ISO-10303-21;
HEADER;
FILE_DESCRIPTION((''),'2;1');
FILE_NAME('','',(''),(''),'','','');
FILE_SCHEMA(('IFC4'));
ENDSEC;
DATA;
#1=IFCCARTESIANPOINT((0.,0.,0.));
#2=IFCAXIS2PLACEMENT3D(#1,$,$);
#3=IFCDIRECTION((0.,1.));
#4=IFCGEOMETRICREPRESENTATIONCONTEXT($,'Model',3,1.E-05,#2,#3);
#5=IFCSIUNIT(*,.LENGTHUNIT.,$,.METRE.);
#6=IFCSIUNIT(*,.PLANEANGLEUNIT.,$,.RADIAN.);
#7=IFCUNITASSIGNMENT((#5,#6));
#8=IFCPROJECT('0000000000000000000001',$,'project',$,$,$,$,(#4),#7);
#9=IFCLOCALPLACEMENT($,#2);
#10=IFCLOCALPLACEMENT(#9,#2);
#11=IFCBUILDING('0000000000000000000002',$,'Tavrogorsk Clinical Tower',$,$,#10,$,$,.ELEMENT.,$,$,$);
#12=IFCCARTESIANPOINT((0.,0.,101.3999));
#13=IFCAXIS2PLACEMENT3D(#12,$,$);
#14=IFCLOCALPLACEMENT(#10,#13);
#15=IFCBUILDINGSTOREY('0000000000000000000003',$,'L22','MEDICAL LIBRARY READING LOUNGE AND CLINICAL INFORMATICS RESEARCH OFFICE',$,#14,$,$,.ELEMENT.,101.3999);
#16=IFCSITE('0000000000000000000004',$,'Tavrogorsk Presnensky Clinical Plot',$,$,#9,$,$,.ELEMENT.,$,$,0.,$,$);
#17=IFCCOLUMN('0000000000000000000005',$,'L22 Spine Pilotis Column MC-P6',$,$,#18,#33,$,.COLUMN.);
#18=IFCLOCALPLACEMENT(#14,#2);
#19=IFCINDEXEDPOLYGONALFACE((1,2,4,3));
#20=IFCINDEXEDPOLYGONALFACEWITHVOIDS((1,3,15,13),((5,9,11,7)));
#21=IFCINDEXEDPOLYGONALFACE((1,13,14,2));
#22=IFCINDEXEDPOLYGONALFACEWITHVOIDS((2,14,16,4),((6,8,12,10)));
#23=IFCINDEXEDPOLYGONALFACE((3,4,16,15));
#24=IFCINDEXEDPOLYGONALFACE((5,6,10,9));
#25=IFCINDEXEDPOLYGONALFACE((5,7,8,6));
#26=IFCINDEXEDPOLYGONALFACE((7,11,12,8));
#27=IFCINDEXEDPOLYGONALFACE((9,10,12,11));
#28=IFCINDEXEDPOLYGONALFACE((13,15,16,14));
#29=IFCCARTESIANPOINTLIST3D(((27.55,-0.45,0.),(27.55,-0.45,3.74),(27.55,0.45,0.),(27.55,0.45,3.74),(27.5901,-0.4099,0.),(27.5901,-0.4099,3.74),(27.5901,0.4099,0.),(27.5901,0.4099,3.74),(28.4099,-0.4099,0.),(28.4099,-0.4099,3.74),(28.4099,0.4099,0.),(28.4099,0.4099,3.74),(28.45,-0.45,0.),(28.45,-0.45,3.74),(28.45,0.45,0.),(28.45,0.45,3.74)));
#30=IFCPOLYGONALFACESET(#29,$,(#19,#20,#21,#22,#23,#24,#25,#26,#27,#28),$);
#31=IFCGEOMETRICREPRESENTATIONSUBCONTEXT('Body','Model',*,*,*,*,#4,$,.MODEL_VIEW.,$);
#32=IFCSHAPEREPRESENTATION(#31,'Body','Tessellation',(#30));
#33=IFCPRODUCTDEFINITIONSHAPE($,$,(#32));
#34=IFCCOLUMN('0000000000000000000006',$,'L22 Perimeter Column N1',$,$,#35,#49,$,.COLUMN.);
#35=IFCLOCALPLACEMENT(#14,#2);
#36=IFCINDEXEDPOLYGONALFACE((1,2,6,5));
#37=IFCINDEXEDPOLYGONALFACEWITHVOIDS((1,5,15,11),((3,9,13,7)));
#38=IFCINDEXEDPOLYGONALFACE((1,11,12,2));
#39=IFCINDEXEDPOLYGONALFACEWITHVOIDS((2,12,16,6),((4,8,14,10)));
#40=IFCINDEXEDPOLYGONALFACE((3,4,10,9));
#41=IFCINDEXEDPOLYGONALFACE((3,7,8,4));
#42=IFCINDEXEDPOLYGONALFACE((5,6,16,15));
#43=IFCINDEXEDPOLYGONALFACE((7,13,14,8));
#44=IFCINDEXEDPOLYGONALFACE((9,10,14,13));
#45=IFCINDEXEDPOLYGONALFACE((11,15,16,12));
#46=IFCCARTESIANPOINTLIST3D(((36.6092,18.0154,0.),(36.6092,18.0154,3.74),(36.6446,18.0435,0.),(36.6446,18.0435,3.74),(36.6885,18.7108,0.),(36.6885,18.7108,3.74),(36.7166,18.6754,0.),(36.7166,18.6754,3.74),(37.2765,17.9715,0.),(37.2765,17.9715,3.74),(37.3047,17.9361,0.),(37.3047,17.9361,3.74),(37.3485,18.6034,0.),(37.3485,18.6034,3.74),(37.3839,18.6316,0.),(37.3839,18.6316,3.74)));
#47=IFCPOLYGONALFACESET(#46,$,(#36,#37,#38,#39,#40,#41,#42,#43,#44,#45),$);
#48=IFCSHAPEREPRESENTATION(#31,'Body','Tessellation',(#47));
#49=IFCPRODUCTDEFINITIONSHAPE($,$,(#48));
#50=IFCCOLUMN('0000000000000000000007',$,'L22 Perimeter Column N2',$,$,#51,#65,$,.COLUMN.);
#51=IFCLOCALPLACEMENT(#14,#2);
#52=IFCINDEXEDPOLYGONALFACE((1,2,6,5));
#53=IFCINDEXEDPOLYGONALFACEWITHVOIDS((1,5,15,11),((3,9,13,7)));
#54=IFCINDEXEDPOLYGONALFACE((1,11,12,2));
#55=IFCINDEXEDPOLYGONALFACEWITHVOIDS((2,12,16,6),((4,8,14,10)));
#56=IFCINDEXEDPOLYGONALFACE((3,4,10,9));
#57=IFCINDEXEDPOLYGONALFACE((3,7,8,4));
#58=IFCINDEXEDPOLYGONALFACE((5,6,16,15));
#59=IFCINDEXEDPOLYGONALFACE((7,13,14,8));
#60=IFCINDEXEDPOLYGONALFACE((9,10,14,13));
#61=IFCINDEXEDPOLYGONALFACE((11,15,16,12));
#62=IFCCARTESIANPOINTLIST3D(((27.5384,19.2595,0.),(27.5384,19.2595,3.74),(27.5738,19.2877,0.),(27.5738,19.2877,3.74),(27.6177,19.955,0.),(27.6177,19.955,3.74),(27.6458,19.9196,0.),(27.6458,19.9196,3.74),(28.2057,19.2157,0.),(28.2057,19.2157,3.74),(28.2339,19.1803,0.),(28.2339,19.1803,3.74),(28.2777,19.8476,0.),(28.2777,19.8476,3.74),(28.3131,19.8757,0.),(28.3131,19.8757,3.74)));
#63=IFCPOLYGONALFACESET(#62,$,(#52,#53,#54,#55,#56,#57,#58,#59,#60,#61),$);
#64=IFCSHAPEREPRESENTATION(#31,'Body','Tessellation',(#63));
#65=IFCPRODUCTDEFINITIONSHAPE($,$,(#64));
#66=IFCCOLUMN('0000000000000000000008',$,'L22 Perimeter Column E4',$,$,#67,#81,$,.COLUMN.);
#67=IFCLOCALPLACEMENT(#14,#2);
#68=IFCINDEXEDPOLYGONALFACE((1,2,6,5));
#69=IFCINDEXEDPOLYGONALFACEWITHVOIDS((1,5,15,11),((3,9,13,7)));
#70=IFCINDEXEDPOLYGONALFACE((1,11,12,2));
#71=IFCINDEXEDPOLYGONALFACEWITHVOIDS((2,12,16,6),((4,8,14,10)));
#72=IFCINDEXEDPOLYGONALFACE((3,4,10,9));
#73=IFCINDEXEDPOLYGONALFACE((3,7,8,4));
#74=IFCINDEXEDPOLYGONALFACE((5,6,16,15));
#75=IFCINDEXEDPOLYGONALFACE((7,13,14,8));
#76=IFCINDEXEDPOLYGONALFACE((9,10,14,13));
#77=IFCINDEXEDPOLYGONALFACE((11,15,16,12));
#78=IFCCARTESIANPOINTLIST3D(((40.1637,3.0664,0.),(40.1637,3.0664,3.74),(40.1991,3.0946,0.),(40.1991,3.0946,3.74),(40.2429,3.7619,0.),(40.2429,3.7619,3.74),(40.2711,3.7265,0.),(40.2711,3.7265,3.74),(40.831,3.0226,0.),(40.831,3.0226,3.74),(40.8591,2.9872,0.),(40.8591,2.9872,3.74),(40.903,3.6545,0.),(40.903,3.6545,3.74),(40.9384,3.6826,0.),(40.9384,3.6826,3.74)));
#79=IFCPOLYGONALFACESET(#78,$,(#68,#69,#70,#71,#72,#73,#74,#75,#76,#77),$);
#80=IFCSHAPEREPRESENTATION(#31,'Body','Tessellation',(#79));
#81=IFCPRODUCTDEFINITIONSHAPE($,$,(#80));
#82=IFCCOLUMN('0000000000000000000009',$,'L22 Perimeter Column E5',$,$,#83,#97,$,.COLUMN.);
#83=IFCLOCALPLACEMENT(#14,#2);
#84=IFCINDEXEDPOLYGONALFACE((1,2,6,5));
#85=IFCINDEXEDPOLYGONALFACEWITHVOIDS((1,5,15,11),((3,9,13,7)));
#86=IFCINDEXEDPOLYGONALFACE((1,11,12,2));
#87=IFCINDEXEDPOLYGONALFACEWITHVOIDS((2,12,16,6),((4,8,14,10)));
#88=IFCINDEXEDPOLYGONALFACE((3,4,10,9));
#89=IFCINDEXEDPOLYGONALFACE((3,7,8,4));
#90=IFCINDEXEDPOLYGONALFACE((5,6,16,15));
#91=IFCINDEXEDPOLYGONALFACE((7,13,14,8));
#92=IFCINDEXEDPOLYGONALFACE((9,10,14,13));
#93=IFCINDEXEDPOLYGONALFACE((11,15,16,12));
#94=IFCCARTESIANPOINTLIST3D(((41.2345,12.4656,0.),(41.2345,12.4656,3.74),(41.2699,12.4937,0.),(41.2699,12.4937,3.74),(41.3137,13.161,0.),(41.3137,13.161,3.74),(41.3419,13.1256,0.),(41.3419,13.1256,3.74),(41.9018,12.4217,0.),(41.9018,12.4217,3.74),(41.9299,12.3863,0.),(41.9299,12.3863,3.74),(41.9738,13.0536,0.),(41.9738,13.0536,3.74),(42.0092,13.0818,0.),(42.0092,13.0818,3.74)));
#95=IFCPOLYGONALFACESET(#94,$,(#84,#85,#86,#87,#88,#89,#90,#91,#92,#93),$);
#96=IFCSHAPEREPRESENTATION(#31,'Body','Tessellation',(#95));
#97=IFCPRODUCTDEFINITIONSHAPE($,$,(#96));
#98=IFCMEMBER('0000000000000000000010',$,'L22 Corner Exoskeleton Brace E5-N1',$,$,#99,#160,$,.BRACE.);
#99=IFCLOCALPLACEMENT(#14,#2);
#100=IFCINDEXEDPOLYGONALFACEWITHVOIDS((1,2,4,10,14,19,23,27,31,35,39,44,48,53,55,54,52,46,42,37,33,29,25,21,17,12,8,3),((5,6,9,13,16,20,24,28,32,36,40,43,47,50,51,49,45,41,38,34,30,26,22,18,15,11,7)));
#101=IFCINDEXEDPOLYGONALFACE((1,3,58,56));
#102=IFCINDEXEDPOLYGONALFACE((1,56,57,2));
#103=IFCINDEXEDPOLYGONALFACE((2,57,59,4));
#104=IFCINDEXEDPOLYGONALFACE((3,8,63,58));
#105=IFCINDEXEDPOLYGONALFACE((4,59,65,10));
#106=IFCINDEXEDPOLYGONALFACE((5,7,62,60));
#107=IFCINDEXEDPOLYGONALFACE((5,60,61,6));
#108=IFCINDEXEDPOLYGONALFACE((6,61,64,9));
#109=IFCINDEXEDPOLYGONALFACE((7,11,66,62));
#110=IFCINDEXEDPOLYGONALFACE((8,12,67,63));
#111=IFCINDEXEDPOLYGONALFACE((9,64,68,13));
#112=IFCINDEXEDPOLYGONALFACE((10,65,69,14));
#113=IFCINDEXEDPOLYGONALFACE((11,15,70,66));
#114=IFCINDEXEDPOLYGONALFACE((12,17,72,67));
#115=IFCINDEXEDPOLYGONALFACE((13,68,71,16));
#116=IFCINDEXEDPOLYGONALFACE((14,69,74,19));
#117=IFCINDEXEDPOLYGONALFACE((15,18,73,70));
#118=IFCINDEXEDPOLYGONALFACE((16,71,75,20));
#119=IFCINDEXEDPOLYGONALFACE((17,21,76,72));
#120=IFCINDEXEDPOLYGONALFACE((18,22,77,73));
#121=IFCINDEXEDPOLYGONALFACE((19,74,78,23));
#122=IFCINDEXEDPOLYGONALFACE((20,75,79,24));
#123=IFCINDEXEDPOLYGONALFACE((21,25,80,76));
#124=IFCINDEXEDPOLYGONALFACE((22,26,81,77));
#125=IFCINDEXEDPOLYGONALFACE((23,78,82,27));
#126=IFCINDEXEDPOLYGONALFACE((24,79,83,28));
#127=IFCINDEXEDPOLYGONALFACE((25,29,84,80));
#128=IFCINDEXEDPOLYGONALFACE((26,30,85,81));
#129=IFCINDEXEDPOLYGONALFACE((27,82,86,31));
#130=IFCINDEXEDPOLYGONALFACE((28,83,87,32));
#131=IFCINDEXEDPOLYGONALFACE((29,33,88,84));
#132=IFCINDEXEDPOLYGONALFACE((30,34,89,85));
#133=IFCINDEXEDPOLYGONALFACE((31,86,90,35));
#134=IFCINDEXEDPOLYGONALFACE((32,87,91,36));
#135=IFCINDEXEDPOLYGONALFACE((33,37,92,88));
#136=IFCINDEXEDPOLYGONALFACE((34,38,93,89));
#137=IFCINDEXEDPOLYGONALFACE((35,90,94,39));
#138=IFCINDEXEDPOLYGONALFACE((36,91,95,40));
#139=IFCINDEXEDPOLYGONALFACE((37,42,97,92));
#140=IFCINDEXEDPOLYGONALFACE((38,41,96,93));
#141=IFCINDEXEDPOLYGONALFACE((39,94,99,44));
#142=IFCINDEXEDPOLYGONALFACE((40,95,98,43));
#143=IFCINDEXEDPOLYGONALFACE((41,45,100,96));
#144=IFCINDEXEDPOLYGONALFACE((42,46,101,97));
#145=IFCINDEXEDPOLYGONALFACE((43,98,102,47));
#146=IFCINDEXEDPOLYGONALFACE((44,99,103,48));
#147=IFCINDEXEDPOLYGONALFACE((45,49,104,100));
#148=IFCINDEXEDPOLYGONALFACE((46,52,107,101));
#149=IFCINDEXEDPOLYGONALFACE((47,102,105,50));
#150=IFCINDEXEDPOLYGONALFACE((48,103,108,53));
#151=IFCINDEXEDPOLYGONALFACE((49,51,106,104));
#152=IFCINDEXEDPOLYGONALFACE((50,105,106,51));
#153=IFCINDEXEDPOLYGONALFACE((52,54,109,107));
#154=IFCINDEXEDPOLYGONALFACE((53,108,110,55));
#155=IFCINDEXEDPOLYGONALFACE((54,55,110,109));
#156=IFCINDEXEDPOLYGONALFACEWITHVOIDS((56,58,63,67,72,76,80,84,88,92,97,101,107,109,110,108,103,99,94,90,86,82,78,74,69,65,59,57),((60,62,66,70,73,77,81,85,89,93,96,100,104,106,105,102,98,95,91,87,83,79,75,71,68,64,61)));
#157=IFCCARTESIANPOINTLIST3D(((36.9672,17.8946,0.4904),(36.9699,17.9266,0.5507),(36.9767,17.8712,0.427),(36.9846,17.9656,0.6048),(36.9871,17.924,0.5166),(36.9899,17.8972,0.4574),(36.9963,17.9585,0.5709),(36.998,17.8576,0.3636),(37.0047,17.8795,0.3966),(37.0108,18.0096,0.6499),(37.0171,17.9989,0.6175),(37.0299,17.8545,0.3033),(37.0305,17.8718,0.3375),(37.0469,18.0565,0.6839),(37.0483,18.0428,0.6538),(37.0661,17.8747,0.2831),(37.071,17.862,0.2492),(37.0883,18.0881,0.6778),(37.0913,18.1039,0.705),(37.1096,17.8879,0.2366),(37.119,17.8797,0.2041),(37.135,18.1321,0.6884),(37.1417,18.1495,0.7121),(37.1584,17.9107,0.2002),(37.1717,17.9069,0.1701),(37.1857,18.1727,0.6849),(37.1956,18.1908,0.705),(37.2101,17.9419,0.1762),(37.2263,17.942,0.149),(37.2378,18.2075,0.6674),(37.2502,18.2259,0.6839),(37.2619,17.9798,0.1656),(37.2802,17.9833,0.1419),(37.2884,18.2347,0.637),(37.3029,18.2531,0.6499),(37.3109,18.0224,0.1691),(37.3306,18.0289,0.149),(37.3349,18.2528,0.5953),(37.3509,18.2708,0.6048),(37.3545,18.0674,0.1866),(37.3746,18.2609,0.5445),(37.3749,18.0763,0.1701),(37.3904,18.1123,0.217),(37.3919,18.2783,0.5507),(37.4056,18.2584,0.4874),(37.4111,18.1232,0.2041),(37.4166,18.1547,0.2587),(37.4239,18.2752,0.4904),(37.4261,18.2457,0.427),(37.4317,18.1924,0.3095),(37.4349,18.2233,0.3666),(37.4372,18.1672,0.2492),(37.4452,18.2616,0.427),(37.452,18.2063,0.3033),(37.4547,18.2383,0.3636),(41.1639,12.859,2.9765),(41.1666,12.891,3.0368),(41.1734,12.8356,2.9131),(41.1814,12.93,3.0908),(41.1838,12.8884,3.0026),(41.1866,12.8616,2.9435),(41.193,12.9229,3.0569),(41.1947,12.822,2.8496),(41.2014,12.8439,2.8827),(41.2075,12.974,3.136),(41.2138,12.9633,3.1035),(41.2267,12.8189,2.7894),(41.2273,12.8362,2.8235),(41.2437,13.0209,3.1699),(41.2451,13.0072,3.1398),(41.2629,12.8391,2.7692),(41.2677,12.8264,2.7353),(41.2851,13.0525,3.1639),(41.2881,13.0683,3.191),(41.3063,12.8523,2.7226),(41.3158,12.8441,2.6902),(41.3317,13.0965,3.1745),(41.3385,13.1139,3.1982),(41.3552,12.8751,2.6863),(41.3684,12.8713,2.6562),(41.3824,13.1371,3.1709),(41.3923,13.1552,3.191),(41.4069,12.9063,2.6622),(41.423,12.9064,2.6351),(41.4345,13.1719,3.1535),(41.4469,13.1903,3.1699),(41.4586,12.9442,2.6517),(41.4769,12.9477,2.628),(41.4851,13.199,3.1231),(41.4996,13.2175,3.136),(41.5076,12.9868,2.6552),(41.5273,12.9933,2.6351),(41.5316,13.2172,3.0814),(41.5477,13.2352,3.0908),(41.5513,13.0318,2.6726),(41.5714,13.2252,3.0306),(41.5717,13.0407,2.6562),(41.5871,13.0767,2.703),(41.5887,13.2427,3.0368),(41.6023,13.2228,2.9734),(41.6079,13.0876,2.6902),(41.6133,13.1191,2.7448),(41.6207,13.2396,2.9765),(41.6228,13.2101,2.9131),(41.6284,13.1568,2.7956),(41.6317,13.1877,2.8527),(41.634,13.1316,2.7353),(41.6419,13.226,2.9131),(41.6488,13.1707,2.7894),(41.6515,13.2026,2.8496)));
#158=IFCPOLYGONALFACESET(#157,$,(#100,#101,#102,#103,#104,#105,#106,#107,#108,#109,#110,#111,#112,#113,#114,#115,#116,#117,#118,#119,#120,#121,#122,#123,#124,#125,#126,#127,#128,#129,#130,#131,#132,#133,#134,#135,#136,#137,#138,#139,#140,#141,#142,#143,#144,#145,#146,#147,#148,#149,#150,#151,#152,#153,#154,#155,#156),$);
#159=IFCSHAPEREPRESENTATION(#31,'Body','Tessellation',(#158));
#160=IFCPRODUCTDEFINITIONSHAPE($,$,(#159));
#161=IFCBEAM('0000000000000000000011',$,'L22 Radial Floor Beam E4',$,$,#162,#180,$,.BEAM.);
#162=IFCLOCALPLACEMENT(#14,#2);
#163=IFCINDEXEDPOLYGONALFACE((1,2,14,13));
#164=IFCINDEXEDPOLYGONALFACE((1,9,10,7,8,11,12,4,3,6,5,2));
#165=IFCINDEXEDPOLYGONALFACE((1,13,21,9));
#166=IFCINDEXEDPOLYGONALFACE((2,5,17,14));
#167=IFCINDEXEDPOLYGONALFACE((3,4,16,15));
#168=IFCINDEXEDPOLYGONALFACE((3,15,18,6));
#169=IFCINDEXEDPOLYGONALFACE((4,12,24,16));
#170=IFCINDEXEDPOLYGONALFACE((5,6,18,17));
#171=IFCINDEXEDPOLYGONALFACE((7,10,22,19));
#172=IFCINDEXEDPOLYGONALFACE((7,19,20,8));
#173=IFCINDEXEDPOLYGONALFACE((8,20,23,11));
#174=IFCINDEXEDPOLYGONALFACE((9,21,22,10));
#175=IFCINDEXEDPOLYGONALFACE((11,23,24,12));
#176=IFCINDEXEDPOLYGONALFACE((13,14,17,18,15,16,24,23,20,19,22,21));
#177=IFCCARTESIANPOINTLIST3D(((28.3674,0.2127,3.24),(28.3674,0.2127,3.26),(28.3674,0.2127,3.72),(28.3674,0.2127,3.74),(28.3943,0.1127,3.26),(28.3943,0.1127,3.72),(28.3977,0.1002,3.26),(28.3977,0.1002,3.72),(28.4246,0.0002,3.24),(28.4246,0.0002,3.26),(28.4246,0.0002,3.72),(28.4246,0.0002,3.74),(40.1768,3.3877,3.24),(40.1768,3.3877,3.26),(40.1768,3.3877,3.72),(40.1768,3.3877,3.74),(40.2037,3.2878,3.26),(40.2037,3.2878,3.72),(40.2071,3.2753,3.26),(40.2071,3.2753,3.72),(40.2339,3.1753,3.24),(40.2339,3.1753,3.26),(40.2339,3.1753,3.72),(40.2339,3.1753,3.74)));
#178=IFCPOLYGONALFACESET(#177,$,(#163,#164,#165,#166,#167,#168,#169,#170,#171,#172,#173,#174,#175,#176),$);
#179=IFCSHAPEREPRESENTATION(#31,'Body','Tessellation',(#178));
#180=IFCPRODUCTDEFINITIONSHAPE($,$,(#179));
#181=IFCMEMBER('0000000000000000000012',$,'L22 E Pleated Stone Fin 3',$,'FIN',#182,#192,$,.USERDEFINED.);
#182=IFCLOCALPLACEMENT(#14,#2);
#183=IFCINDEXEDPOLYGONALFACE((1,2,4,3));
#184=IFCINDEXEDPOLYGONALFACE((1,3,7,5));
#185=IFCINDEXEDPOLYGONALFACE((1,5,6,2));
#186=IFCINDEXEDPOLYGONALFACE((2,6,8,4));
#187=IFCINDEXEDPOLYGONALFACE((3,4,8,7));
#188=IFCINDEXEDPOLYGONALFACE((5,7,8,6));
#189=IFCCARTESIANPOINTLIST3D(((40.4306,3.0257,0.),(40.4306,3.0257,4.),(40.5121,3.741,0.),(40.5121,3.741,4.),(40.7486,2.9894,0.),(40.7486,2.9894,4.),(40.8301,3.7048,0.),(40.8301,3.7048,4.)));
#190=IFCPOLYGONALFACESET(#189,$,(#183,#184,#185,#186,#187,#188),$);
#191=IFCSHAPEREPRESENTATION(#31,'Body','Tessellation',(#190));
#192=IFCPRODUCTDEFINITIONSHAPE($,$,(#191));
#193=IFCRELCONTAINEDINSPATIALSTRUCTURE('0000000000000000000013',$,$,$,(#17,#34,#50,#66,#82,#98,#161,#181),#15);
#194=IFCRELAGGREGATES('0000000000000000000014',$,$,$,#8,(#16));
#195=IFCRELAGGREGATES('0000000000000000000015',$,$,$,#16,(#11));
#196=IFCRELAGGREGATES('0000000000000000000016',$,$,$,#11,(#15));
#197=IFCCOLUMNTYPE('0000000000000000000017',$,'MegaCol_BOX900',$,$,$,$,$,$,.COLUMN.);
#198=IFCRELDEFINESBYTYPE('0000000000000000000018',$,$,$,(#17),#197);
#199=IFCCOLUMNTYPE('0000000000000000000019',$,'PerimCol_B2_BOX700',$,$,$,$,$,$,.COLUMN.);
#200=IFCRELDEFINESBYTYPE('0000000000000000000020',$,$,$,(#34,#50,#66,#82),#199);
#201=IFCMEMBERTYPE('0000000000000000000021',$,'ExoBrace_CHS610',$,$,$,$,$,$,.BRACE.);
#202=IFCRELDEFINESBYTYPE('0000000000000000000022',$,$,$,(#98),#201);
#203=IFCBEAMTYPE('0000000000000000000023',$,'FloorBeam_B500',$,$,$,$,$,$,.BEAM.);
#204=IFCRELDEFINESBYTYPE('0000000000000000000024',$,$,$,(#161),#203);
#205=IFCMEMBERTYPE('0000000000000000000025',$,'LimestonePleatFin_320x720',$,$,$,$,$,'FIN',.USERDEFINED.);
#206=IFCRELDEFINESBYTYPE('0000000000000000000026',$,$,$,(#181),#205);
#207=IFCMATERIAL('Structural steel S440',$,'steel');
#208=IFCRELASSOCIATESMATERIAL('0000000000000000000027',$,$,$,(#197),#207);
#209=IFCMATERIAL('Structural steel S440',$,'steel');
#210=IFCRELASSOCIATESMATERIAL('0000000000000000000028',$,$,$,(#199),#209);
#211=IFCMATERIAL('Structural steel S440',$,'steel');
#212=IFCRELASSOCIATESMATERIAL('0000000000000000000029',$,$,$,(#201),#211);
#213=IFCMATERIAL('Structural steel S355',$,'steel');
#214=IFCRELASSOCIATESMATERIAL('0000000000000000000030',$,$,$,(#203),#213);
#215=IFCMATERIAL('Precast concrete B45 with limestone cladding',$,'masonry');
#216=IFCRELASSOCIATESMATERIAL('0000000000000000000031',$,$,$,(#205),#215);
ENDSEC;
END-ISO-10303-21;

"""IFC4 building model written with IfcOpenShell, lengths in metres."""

from ifc_helpers import new_model, si_unit, direction, frame, origin, origin_2d, place, context, subcontext, project, spatial, rectangle, hollow_rectangle, hollow_circle, i_section, extrude, material, material_profile, profile_set, type_object, element, save


model = new_model("IFC4")

# Units and contexts
model_context = context("Model", 3, precision=1e-05, world=origin(), true_north=direction((0.0, 1.0)))
body_context = subcontext(model_context, "Body", "Model", "MODEL_VIEW")
ifc_project = project(units=[si_unit("LENGTHUNIT", "METRE"), si_unit("PLANEANGLEUNIT", "RADIAN")], contexts=[model_context])

# Site, building, storey
site_placement = place(None, origin())
site = spatial("IfcSite", under=ifc_project, at=site_placement, Name="Tavrogorsk Presnensky Clinical Plot", CompositionType="ELEMENT", RefElevation=0.0)
building_placement = place(site_placement, origin())
building = spatial("IfcBuilding", under=site, at=building_placement, Name="Tavrogorsk Clinical Tower", CompositionType="ELEMENT")
storey_placement = place(building_placement, frame((0.0, 0.0, 101.3999)))
storey = spatial("IfcBuildingStorey", under=building, at=storey_placement, Name="L22", Description="MEDICAL LIBRARY READING LOUNGE AND CLINICAL INFORMATICS RESEARCH OFFICE", CompositionType="ELEMENT", Elevation=101.3999)

# Columns
ifc_material_1 = material(Name="Structural steel S440", Category="steel")
ifc_material_profile_1 = material_profile(ifc_material_1, hollow_rectangle(XDim=0.8999, YDim=0.8999, WallThickness=0.04, at=origin_2d()), Name="BOX-900x900x40")
ifc_profile_set_1 = profile_set([ifc_material_profile_1], Name="Structural steel S440")
column_type_1 = type_object("IfcColumnType", Name="MegaCol_BOX900", PredefinedType="COLUMN", material=ifc_profile_set_1)
column_placement = place(storey_placement, frame((28.0, 0.0, 0.0), z_axis=(0.0, 0.0, 1.0), x_axis=(1.0, 0.0, 0.0)))
element("IfcColumn", 1, at=column_placement, inside=storey, type_object=column_type_1, Name="L22 Spine Pilotis Column MC-P6", PredefinedType="COLUMN", context=body_context, shape_type="SweptSolid", body=[
    extrude(hollow_rectangle(XDim=0.8999, YDim=0.8999, WallThickness=0.04, at=origin_2d()), origin(), (0.0, 0.0, 1.0), 3.74),
])
ifc_material_2 = material(Name="Structural steel S440", Category="steel")
ifc_material_profile_2 = material_profile(ifc_material_2, hollow_rectangle(XDim=0.7, YDim=0.7, WallThickness=0.032, at=origin_2d()), Name="BOX-700x700x32")
ifc_profile_set_2 = profile_set([ifc_material_profile_2], Name="Structural steel S440")
column_type_2 = type_object("IfcColumnType", Name="PerimCol_B2_BOX700", PredefinedType="COLUMN", material=ifc_profile_set_2)
for number, where, z_axis, x_axis, name in (
    (2, (36.9966, 18.3235, 0.0), (0.0, 0.0, 1.0), (0.993572, -0.113203, 0.0), "L22 Perimeter Column N1"),
    (3, (27.9258, 19.5676, 0.0), (0.0, 0.0, 1.0), (0.993572, -0.113203, 0.0), "L22 Perimeter Column N2"),
    (4, (40.551, 3.3745, 0.0), (0.0, 0.0, 1.0), (0.993572, -0.113203, 0.0), "L22 Perimeter Column E4"),
    (5, (41.6218, 12.7737, 0.0), (0.0, 0.0, 1.0), (0.993572, -0.113203, 0.0), "L22 Perimeter Column E5"),
):
    element("IfcColumn", number, at=place(storey_placement, frame(where, z_axis=z_axis, x_axis=x_axis)), inside=storey, type_object=column_type_2, Name=name, PredefinedType="COLUMN", context=body_context, shape_type="SweptSolid", body=[
        extrude(hollow_rectangle(XDim=0.7, YDim=0.7, WallThickness=0.032, at=origin_2d()), origin(), (0.0, 0.0, 1.0), 3.74),
    ])

# Member
ifc_material_3 = material(Name="Structural steel S440", Category="steel")
ifc_material_profile_3 = material_profile(ifc_material_3, hollow_circle(Radius=0.3049, WallThickness=0.0249, at=origin_2d()), Name="CHS-610x25")
ifc_profile_set_3 = profile_set([ifc_material_profile_3], Name="Structural steel S440")
member_type_1 = type_object("IfcMemberType", Name="ExoBrace_CHS610", PredefinedType="BRACE", material=ifc_profile_set_3)
member_placement = place(storey_placement, frame((37.2109, 18.0664, 0.427), z_axis=(0.598616, -0.71827, 0.354608), x_axis=(0.768191, 0.640221, 0.0)))
element("IfcMember", 6, at=member_placement, inside=storey, type_object=member_type_1, Name="L22 Corner Exoskeleton Brace E5-N1", PredefinedType="BRACE", context=body_context, shape_type="SweptSolid", body=[
    extrude(hollow_circle(Radius=0.3049, WallThickness=0.0249, at=origin_2d()), origin(), (0.0, 0.0, 1.0), 7.0107),
])

# Beam
ifc_material_4 = material(Name="Structural steel S355", Category="steel")
ifc_material_profile_4 = material_profile(ifc_material_4, i_section(OverallWidth=0.22, OverallDepth=0.5, WebThickness=0.0129, FlangeThickness=0.02, at=origin_2d()), Name="B-500x220x13x20")
ifc_profile_set_4 = profile_set([ifc_material_profile_4], Name="Structural steel S355")
beam_type_1 = type_object("IfcBeamType", Name="FloorBeam_B500", PredefinedType="BEAM", material=ifc_profile_set_4)
beam_1_placement = place(storey_placement, frame((28.396, 0.1064, 3.49), z_axis=(0.965706, 0.259639, 0.0), x_axis=(-0.259639, 0.965706, 0.0)))
element("IfcBeam", 7, at=beam_1_placement, inside=storey, type_object=beam_type_1, Name="L22 Radial Floor Beam E4", PredefinedType="BEAM", context=body_context, shape_type="SweptSolid", body=[
    extrude(i_section(OverallWidth=0.22, OverallDepth=0.5, WebThickness=0.0129, FlangeThickness=0.02, at=origin_2d()), origin(), (0.0, 0.0, 1.0), 12.2288),
])

# Member
ifc_material_5 = material(Name="Precast concrete B45 with limestone cladding", Category="masonry")
ifc_material_profile_5 = material_profile(ifc_material_5, rectangle(XDim=0.3201, YDim=0.72, at=origin_2d()), Name="LIMESTONE-FIN-320x720")
ifc_profile_set_5 = profile_set([ifc_material_profile_5], Name="Precast concrete B45 with limestone cladding")
member_type_2 = type_object("IfcMemberType", Name="LimestonePleatFin_320x720", ElementType="FIN", PredefinedType="USERDEFINED", material=ifc_profile_set_5)
for number, where, z_axis, x_axis, name in (
    (8, (40.6304, 3.3652, 0.0), (0.0, 0.0, 1.0), (0.993572, -0.113203, 0.0), "L22 E Pleated Stone Fin 3"),
):
    element("IfcMember", number, at=place(storey_placement, frame(where, z_axis=z_axis, x_axis=x_axis)), inside=storey, type_object=member_type_2, Name=name, ObjectType="FIN", PredefinedType="USERDEFINED", context=body_context, shape_type="SweptSolid", body=[
        extrude(rectangle(XDim=0.3201, YDim=0.72, at=origin_2d()), origin(), (0.0, 0.0, 1.0), 4.0),
    ])

save(model, "model.ifc")
